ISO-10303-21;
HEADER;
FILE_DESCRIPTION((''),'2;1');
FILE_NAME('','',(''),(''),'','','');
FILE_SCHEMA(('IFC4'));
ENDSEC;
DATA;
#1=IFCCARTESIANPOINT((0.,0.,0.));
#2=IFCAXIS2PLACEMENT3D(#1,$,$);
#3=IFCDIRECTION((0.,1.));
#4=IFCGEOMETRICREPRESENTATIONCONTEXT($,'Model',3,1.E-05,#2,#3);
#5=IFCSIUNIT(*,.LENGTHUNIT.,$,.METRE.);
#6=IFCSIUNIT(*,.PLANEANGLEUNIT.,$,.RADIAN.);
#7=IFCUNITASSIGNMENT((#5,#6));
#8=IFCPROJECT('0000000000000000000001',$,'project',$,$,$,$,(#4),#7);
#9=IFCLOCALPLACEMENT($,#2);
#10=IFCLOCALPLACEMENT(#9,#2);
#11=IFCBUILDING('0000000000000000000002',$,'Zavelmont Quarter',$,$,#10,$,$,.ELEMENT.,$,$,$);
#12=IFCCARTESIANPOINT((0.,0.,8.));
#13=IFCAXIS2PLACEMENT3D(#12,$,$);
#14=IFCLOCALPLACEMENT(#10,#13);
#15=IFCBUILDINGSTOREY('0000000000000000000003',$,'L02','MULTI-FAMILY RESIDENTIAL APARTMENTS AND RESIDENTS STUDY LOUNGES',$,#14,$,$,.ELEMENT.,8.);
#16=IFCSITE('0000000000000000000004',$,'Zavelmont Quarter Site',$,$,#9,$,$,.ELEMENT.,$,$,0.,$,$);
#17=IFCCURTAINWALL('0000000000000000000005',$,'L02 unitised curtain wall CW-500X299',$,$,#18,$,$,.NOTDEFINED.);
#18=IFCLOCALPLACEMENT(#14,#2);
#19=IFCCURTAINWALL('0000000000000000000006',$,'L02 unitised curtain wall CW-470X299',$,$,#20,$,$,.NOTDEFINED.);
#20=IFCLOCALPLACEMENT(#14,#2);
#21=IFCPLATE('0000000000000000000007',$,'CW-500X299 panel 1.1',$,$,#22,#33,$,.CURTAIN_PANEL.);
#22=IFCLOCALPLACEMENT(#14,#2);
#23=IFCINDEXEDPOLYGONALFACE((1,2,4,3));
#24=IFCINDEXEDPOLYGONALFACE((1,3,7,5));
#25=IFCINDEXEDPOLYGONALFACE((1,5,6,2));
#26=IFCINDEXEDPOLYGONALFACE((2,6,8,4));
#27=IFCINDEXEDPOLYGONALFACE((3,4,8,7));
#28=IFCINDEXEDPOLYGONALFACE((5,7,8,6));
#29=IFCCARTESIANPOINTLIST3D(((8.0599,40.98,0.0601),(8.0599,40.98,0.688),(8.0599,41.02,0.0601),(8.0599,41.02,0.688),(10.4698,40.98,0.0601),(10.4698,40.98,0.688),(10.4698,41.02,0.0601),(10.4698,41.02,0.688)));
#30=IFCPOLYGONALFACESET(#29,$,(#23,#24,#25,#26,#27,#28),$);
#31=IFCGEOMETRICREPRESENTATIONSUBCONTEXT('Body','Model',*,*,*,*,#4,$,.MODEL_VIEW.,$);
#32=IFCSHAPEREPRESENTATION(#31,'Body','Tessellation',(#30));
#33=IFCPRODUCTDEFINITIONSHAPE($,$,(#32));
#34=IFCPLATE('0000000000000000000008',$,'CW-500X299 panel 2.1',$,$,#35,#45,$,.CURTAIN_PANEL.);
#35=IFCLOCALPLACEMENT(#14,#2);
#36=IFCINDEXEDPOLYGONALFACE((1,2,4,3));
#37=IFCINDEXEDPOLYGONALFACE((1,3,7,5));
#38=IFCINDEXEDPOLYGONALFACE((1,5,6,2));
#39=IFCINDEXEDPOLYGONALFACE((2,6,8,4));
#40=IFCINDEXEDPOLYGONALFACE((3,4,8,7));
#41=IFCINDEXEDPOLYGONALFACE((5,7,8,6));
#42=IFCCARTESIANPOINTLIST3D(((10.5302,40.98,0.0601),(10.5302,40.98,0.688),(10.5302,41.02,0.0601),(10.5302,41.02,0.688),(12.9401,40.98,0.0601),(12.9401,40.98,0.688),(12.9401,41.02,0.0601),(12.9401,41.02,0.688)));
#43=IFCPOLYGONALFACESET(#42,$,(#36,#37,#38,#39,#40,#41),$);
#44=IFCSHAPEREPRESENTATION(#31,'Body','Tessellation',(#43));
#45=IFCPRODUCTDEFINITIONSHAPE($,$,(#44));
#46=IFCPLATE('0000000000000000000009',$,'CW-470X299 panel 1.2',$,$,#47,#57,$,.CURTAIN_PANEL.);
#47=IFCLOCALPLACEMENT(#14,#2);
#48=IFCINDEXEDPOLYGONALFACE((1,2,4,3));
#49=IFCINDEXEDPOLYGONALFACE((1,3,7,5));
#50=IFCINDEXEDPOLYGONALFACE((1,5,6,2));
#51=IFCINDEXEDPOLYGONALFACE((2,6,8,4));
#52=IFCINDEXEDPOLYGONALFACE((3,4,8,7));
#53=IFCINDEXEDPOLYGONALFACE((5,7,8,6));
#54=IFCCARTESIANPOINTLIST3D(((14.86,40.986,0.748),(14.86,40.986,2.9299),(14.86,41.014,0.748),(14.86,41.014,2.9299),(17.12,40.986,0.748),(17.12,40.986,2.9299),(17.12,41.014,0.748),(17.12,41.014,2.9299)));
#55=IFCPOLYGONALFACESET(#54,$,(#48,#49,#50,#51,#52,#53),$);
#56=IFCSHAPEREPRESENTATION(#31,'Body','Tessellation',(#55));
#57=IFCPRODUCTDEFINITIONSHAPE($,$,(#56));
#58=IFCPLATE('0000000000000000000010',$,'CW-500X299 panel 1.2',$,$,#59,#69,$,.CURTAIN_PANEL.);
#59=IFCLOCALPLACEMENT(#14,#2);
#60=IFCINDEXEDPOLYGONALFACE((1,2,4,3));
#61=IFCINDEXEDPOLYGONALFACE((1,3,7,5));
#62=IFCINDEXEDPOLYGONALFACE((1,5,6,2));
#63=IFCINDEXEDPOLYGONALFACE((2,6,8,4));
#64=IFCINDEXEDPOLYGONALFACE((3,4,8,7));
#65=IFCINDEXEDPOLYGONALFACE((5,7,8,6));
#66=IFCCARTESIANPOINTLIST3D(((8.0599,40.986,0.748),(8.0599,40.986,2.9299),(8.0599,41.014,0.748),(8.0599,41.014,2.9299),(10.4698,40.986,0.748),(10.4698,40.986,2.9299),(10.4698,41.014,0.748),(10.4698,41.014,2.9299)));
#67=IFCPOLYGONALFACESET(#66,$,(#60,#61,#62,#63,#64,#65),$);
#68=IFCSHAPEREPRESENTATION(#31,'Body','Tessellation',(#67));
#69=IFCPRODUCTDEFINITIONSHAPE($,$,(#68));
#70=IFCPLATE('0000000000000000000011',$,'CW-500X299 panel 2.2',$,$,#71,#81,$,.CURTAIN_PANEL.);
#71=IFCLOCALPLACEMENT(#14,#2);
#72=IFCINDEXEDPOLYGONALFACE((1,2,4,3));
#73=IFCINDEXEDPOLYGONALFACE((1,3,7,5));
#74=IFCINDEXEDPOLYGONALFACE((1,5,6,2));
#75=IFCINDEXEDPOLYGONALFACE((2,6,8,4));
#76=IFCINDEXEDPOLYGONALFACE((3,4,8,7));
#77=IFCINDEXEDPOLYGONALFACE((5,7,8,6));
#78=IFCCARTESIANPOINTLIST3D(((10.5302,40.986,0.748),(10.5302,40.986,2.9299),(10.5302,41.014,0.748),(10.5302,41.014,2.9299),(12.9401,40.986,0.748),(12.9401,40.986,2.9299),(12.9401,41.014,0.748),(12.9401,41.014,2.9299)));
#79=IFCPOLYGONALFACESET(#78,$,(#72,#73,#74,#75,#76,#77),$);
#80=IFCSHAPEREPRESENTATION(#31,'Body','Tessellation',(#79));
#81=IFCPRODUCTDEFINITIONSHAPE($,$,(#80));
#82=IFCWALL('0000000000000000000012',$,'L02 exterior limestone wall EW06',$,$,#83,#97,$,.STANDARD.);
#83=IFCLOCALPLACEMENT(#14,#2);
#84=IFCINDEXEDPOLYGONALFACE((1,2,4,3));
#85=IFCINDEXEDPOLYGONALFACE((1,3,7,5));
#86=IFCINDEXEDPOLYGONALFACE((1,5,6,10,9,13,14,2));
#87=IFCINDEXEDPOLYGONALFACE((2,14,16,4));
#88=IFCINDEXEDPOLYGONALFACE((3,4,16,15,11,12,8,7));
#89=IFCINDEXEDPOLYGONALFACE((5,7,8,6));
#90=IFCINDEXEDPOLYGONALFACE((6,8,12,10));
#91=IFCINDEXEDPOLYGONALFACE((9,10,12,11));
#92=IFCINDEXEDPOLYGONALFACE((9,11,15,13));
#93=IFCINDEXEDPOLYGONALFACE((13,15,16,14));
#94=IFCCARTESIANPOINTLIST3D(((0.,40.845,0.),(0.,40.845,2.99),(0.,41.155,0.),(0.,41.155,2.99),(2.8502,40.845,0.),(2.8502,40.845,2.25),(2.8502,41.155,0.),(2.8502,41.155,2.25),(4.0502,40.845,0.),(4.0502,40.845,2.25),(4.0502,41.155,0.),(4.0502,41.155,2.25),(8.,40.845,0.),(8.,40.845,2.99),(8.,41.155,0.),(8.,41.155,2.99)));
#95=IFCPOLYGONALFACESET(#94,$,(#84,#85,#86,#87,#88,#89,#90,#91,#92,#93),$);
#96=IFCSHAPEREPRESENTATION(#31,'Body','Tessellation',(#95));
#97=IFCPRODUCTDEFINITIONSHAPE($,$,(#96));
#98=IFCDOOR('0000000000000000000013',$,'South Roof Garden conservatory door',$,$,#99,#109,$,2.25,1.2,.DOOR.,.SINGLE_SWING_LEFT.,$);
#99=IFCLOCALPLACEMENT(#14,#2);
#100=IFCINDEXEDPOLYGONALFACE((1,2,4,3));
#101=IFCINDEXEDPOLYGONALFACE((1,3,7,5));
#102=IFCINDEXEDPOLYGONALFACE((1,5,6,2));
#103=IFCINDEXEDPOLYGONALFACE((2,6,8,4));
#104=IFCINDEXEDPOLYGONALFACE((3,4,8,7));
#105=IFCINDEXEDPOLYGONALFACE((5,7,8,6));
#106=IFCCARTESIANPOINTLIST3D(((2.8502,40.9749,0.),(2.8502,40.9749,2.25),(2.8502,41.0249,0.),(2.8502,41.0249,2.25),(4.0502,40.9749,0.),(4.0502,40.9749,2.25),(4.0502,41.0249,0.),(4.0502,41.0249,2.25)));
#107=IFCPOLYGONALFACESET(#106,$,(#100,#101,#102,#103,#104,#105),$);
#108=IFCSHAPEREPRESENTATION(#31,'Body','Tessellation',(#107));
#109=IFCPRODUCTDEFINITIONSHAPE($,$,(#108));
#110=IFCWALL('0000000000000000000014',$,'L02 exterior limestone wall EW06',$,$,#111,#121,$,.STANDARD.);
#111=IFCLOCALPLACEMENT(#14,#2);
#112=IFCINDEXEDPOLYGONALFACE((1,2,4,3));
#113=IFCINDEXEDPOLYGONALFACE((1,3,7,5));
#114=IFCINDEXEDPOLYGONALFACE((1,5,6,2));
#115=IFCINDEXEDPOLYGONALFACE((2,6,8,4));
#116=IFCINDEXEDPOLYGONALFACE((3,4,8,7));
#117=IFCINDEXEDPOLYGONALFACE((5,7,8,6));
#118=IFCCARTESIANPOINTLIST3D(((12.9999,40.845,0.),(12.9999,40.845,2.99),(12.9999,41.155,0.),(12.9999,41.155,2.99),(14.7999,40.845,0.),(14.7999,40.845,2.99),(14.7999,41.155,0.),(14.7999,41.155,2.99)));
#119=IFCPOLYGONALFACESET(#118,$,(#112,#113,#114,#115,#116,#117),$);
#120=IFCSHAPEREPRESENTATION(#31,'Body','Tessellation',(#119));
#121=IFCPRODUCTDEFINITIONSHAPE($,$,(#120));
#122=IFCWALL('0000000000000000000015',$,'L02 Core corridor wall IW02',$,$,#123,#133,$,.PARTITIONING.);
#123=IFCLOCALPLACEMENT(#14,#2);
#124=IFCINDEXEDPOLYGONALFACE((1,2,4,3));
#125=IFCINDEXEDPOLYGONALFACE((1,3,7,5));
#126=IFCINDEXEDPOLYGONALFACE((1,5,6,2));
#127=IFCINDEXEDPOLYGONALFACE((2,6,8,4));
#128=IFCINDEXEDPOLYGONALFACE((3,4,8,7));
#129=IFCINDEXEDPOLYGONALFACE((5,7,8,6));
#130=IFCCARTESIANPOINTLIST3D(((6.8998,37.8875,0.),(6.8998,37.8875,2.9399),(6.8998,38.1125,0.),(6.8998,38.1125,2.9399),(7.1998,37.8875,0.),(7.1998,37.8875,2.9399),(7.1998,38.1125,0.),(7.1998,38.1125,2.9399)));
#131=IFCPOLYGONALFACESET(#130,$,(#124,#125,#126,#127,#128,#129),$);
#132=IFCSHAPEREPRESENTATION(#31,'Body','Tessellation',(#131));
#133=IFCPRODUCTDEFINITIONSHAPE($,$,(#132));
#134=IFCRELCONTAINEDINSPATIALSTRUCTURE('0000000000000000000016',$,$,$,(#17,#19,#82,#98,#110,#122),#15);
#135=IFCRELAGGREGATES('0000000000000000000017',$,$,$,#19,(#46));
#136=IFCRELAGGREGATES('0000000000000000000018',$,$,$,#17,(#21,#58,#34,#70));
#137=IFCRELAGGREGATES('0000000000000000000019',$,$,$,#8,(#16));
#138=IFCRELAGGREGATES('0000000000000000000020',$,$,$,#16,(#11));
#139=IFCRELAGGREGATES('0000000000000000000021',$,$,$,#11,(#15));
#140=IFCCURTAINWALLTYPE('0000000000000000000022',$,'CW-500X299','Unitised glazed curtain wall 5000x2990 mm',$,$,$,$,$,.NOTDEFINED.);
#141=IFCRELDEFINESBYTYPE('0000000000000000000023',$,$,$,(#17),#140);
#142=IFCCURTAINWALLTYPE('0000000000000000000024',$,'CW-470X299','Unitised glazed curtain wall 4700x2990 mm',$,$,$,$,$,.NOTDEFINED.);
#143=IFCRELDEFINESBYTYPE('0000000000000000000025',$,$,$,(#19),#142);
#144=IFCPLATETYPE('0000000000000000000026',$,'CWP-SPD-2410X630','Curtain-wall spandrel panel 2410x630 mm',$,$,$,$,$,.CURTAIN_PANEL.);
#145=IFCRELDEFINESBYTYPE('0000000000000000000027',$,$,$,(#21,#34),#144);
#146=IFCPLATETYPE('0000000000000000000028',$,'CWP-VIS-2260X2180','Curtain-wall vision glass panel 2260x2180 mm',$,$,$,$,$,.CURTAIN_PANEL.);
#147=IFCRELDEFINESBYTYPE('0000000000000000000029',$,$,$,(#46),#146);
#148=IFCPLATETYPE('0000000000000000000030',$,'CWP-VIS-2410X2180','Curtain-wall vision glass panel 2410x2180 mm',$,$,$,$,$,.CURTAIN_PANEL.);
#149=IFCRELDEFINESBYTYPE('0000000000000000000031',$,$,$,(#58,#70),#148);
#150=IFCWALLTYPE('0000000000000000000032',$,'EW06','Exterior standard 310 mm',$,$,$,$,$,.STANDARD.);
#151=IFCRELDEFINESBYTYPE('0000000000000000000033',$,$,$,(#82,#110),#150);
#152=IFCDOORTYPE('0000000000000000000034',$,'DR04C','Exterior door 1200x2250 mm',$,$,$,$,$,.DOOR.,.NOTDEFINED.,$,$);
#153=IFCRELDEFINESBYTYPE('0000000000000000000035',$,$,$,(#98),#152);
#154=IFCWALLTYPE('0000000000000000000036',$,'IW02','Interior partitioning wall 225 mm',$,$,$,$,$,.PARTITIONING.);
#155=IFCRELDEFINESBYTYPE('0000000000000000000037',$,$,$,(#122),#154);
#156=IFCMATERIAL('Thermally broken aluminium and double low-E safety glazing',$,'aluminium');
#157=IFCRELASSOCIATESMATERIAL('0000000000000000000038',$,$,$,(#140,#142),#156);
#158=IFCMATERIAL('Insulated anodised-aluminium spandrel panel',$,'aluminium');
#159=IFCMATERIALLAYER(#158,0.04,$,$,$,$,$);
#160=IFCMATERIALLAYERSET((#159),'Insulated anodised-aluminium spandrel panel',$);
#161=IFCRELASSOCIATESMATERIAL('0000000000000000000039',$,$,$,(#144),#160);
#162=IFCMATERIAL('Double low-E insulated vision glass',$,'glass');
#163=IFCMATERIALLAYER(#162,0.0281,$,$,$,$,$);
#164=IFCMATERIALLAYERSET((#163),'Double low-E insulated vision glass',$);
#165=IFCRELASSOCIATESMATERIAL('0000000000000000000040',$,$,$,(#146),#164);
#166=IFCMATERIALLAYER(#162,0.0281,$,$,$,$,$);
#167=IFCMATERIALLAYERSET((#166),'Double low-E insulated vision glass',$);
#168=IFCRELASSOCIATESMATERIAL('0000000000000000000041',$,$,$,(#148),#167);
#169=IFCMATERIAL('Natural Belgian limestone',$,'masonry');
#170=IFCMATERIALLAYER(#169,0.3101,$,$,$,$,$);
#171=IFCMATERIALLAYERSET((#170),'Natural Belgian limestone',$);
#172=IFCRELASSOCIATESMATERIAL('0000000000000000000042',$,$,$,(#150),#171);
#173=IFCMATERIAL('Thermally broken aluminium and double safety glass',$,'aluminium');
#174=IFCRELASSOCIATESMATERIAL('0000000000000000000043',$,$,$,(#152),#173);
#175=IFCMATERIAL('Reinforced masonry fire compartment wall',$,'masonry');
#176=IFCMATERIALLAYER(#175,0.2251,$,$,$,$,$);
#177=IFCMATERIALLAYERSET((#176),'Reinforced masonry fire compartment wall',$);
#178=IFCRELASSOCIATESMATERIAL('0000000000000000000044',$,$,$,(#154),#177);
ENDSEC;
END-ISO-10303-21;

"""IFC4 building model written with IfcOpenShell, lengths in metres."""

from ifc_helpers import new_model, si_unit, direction, frame, frame_2d, origin, origin_with_axes, origin_2d, place, context, subcontext, project, spatial, rectangle, extrude, material, layer, layer_set, type_object, element, fill, aggregate, save


model = new_model("IFC4")

# Units and contexts
model_context = context("Model", 3, precision=1e-05, world=origin(), true_north=direction((0.0, 1.0)))
body_context = subcontext(model_context, "Body", "Model", "MODEL_VIEW")
ifc_project = project(units=[si_unit("LENGTHUNIT", "METRE"), si_unit("PLANEANGLEUNIT", "RADIAN")], contexts=[model_context])

# Site, building, storey
site_placement = place(None, origin())
site = spatial("IfcSite", under=ifc_project, at=site_placement, Name="Zavelmont Quarter Site", CompositionType="ELEMENT", RefElevation=0.0)
building_placement = place(site_placement, origin())
building = spatial("IfcBuilding", under=site, at=building_placement, Name="Zavelmont Quarter", CompositionType="ELEMENT")
storey_placement = place(building_placement, frame((0.0, 0.0, 8.0)))
storey = spatial("IfcBuildingStorey", under=building, at=storey_placement, Name="L02", Description="MULTI-FAMILY RESIDENTIAL APARTMENTS AND RESIDENTS STUDY LOUNGES", CompositionType="ELEMENT", Elevation=8.0)

# Curtain walls
ifc_material_1 = material(Name="Thermally broken aluminium and double low-E safety glazing", Category="aluminium")
curtain_wall_type_1 = type_object("IfcCurtainWallType", Name="CW-500X299", Description="Unitised glazed curtain wall 5000x2990 mm", PredefinedType="NOTDEFINED", material=ifc_material_1)
curtain_wall_1_placement = place(storey_placement, origin())
curtain_wall_1 = element("IfcCurtainWall", 1, at=curtain_wall_1_placement, inside=storey, type_object=curtain_wall_type_1, Name="L02 unitised curtain wall CW-500X299", PredefinedType="NOTDEFINED")
curtain_wall_type_2 = type_object("IfcCurtainWallType", Name="CW-470X299", Description="Unitised glazed curtain wall 4700x2990 mm", PredefinedType="NOTDEFINED", material=ifc_material_1)
curtain_wall_2_placement = place(storey_placement, origin())
curtain_wall_2 = element("IfcCurtainWall", 2, at=curtain_wall_2_placement, inside=storey, type_object=curtain_wall_type_2, Name="L02 unitised curtain wall CW-470X299", PredefinedType="NOTDEFINED")

# Plates
ifc_material_2 = material(Name="Insulated anodised-aluminium spandrel panel", Category="aluminium")
ifc_layer_1 = layer(ifc_material_2, 0.04)
ifc_layer_set_1 = layer_set([ifc_layer_1], Name="Insulated anodised-aluminium spandrel panel")
plate_type_1 = type_object("IfcPlateType", Name="CWP-SPD-2410X630", Description="Curtain-wall spandrel panel 2410x630 mm", PredefinedType="CURTAIN_PANEL", material=ifc_layer_set_1)
plate_1_placement = place(storey_placement, frame((9.2649, 41.0, 0.0601), z_axis=(0.0, 0.0, 1.0), x_axis=(1.0, 0.0, 0.0)))
plate_1 = element("IfcPlate", 3, at=plate_1_placement, type_object=plate_type_1, Name="CW-500X299 panel 1.1", PredefinedType="CURTAIN_PANEL", context=body_context, shape_type="SweptSolid", body=[
    extrude(rectangle(XDim=2.4099, YDim=0.04, at=origin_2d()), origin(), (0.0, 0.0, 1.0), 0.6279),
])
plate_2_placement = place(storey_placement, frame((11.7351, 41.0, 0.0601), z_axis=(0.0, 0.0, 1.0), x_axis=(1.0, 0.0, 0.0)))
plate_2 = element("IfcPlate", 4, at=plate_2_placement, type_object=plate_type_1, Name="CW-500X299 panel 2.1", PredefinedType="CURTAIN_PANEL", context=body_context, shape_type="SweptSolid", body=[
    extrude(rectangle(XDim=2.4099, YDim=0.04, at=origin_2d()), origin(), (0.0, 0.0, 1.0), 0.6279),
])
ifc_material_3 = material(Name="Double low-E insulated vision glass", Category="glass")
ifc_layer_2 = layer(ifc_material_3, 0.0281)
ifc_layer_set_2 = layer_set([ifc_layer_2], Name="Double low-E insulated vision glass")
plate_type_2 = type_object("IfcPlateType", Name="CWP-VIS-2260X2180", Description="Curtain-wall vision glass panel 2260x2180 mm", PredefinedType="CURTAIN_PANEL", material=ifc_layer_set_2)
plate_3_placement = place(storey_placement, frame((15.99, 41.0, 0.748), z_axis=(0.0, 0.0, 1.0), x_axis=(1.0, 0.0, 0.0)))
plate_3 = element("IfcPlate", 5, at=plate_3_placement, type_object=plate_type_2, Name="CW-470X299 panel 1.2", PredefinedType="CURTAIN_PANEL", context=body_context, shape_type="SweptSolid", body=[
    extrude(rectangle(XDim=2.26, YDim=0.0281, at=origin_2d()), origin(), (0.0, 0.0, 1.0), 2.1819),
])
aggregate(curtain_wall_2, [plate_3])
ifc_layer_3 = layer(ifc_material_3, 0.0281)
ifc_layer_set_3 = layer_set([ifc_layer_3], Name="Double low-E insulated vision glass")
plate_type_3 = type_object("IfcPlateType", Name="CWP-VIS-2410X2180", Description="Curtain-wall vision glass panel 2410x2180 mm", PredefinedType="CURTAIN_PANEL", material=ifc_layer_set_3)
plate_4_placement = place(storey_placement, frame((9.2649, 41.0, 0.748), z_axis=(0.0, 0.0, 1.0), x_axis=(1.0, 0.0, 0.0)))
plate_4 = element("IfcPlate", 6, at=plate_4_placement, type_object=plate_type_3, Name="CW-500X299 panel 1.2", PredefinedType="CURTAIN_PANEL", context=body_context, shape_type="SweptSolid", body=[
    extrude(rectangle(XDim=2.4099, YDim=0.0281, at=origin_2d()), origin(), (0.0, 0.0, 1.0), 2.1819),
])
plate_5_placement = place(storey_placement, frame((11.7351, 41.0, 0.748), z_axis=(0.0, 0.0, 1.0), x_axis=(1.0, 0.0, 0.0)))
plate_5 = element("IfcPlate", 7, at=plate_5_placement, type_object=plate_type_3, Name="CW-500X299 panel 2.2", PredefinedType="CURTAIN_PANEL", context=body_context, shape_type="SweptSolid", body=[
    extrude(rectangle(XDim=2.4099, YDim=0.0281, at=origin_2d()), origin(), (0.0, 0.0, 1.0), 2.1819),
])
aggregate(curtain_wall_1, [plate_1, plate_4, plate_2, plate_5])

# Wall, opening, door
ifc_material_4 = material(Name="Natural Belgian limestone", Category="masonry")
ifc_layer_4 = layer(ifc_material_4, 0.3101)
ifc_layer_set_4 = layer_set([ifc_layer_4], Name="Natural Belgian limestone")
wall_type_1 = type_object("IfcWallType", Name="EW06", Description="Exterior standard 310 mm", PredefinedType="STANDARD", material=ifc_layer_set_4)
wall_1_placement = place(storey_placement, frame((0.0, 41.0, 0.0), z_axis=(0.0, 0.0, 1.0), x_axis=(1.0, 0.0, 0.0)))
wall_1 = element("IfcWall", 8, at=wall_1_placement, inside=storey, type_object=wall_type_1, Name="L02 exterior limestone wall EW06", PredefinedType="STANDARD", context=body_context, shape_type="SweptSolid", body=[
    extrude(rectangle(XDim=8.0, YDim=0.3101, at=frame_2d((4.0, 0.0))), origin(), (0.0, 0.0, 1.0), 2.99),
])
opening_1_placement = place(wall_1_placement, frame((2.8501, 0.0, 0.0)))
opening_1 = element("IfcOpeningElement", 9, at=opening_1_placement, cuts=wall_1, PredefinedType="OPENING", context=body_context, shape_type="SweptSolid", body=[
    extrude(rectangle(XDim=1.2, YDim=2.25, at=frame_2d((0.6001, 1.125))), frame((0.0, 0.167, 0.0), z_axis=(0.0, -1.0, 0.0), x_axis=(1.0, 0.0, 0.0)), (0.0, 0.0, 1.0), 0.334),
])
ifc_material_5 = material(Name="Thermally broken aluminium and double safety glass", Category="aluminium")
door_type_1 = type_object("IfcDoorType", Name="DR04C", Description="Exterior door 1200x2250 mm", OperationType="NOTDEFINED", PredefinedType="DOOR", material=ifc_material_5)
door_1_placement = place(opening_1_placement, origin_with_axes())
door_1 = element("IfcDoor", 10, at=door_1_placement, inside=storey, type_object=door_type_1, Name="South Roof Garden conservatory door", OperationType="SINGLE_SWING_LEFT", OverallHeight=2.25, OverallWidth=1.2, PredefinedType="DOOR", context=body_context, shape_type="SweptSolid", body=[
    extrude(rectangle(XDim=1.2, YDim=2.25, at=frame_2d((0.6001, 1.125))), frame((0.0, 0.0249, 0.0), z_axis=(0.0, -1.0, 0.0), x_axis=(1.0, 0.0, 0.0)), (0.0, 0.0, 1.0), 0.05),
])
fill(opening_1, door_1)

# Wall
wall_2_placement = place(storey_placement, frame((13.0, 41.0, 0.0), z_axis=(0.0, 0.0, 1.0), x_axis=(1.0, 0.0, 0.0)))
element("IfcWall", 11, at=wall_2_placement, inside=storey, type_object=wall_type_1, Name="L02 exterior limestone wall EW06", PredefinedType="STANDARD", context=body_context, shape_type="SweptSolid", body=[
    extrude(rectangle(XDim=1.8, YDim=0.3101, at=frame_2d((0.8999, 0.0))), origin(), (0.0, 0.0, 1.0), 2.99),
])

# Wall
ifc_material_6 = material(Name="Reinforced masonry fire compartment wall", Category="masonry")
ifc_layer_5 = layer(ifc_material_6, 0.2251)
ifc_layer_set_5 = layer_set([ifc_layer_5], Name="Reinforced masonry fire compartment wall")
wall_type_2 = type_object("IfcWallType", Name="IW02", Description="Interior partitioning wall 225 mm", PredefinedType="PARTITIONING", material=ifc_layer_set_5)
wall_3_placement = place(storey_placement, frame((6.8999, 38.0, 0.0), z_axis=(0.0, 0.0, 1.0), x_axis=(1.0, 0.0, 0.0)))
element("IfcWall", 12, at=wall_3_placement, inside=storey, type_object=wall_type_2, Name="L02 Core corridor wall IW02", PredefinedType="PARTITIONING", context=body_context, shape_type="SweptSolid", body=[
    extrude(rectangle(XDim=0.3, YDim=0.2251, at=frame_2d((0.1499, 0.0))), origin(), (0.0, 0.0, 1.0), 2.9399),
])

save(model, "model.ifc")
